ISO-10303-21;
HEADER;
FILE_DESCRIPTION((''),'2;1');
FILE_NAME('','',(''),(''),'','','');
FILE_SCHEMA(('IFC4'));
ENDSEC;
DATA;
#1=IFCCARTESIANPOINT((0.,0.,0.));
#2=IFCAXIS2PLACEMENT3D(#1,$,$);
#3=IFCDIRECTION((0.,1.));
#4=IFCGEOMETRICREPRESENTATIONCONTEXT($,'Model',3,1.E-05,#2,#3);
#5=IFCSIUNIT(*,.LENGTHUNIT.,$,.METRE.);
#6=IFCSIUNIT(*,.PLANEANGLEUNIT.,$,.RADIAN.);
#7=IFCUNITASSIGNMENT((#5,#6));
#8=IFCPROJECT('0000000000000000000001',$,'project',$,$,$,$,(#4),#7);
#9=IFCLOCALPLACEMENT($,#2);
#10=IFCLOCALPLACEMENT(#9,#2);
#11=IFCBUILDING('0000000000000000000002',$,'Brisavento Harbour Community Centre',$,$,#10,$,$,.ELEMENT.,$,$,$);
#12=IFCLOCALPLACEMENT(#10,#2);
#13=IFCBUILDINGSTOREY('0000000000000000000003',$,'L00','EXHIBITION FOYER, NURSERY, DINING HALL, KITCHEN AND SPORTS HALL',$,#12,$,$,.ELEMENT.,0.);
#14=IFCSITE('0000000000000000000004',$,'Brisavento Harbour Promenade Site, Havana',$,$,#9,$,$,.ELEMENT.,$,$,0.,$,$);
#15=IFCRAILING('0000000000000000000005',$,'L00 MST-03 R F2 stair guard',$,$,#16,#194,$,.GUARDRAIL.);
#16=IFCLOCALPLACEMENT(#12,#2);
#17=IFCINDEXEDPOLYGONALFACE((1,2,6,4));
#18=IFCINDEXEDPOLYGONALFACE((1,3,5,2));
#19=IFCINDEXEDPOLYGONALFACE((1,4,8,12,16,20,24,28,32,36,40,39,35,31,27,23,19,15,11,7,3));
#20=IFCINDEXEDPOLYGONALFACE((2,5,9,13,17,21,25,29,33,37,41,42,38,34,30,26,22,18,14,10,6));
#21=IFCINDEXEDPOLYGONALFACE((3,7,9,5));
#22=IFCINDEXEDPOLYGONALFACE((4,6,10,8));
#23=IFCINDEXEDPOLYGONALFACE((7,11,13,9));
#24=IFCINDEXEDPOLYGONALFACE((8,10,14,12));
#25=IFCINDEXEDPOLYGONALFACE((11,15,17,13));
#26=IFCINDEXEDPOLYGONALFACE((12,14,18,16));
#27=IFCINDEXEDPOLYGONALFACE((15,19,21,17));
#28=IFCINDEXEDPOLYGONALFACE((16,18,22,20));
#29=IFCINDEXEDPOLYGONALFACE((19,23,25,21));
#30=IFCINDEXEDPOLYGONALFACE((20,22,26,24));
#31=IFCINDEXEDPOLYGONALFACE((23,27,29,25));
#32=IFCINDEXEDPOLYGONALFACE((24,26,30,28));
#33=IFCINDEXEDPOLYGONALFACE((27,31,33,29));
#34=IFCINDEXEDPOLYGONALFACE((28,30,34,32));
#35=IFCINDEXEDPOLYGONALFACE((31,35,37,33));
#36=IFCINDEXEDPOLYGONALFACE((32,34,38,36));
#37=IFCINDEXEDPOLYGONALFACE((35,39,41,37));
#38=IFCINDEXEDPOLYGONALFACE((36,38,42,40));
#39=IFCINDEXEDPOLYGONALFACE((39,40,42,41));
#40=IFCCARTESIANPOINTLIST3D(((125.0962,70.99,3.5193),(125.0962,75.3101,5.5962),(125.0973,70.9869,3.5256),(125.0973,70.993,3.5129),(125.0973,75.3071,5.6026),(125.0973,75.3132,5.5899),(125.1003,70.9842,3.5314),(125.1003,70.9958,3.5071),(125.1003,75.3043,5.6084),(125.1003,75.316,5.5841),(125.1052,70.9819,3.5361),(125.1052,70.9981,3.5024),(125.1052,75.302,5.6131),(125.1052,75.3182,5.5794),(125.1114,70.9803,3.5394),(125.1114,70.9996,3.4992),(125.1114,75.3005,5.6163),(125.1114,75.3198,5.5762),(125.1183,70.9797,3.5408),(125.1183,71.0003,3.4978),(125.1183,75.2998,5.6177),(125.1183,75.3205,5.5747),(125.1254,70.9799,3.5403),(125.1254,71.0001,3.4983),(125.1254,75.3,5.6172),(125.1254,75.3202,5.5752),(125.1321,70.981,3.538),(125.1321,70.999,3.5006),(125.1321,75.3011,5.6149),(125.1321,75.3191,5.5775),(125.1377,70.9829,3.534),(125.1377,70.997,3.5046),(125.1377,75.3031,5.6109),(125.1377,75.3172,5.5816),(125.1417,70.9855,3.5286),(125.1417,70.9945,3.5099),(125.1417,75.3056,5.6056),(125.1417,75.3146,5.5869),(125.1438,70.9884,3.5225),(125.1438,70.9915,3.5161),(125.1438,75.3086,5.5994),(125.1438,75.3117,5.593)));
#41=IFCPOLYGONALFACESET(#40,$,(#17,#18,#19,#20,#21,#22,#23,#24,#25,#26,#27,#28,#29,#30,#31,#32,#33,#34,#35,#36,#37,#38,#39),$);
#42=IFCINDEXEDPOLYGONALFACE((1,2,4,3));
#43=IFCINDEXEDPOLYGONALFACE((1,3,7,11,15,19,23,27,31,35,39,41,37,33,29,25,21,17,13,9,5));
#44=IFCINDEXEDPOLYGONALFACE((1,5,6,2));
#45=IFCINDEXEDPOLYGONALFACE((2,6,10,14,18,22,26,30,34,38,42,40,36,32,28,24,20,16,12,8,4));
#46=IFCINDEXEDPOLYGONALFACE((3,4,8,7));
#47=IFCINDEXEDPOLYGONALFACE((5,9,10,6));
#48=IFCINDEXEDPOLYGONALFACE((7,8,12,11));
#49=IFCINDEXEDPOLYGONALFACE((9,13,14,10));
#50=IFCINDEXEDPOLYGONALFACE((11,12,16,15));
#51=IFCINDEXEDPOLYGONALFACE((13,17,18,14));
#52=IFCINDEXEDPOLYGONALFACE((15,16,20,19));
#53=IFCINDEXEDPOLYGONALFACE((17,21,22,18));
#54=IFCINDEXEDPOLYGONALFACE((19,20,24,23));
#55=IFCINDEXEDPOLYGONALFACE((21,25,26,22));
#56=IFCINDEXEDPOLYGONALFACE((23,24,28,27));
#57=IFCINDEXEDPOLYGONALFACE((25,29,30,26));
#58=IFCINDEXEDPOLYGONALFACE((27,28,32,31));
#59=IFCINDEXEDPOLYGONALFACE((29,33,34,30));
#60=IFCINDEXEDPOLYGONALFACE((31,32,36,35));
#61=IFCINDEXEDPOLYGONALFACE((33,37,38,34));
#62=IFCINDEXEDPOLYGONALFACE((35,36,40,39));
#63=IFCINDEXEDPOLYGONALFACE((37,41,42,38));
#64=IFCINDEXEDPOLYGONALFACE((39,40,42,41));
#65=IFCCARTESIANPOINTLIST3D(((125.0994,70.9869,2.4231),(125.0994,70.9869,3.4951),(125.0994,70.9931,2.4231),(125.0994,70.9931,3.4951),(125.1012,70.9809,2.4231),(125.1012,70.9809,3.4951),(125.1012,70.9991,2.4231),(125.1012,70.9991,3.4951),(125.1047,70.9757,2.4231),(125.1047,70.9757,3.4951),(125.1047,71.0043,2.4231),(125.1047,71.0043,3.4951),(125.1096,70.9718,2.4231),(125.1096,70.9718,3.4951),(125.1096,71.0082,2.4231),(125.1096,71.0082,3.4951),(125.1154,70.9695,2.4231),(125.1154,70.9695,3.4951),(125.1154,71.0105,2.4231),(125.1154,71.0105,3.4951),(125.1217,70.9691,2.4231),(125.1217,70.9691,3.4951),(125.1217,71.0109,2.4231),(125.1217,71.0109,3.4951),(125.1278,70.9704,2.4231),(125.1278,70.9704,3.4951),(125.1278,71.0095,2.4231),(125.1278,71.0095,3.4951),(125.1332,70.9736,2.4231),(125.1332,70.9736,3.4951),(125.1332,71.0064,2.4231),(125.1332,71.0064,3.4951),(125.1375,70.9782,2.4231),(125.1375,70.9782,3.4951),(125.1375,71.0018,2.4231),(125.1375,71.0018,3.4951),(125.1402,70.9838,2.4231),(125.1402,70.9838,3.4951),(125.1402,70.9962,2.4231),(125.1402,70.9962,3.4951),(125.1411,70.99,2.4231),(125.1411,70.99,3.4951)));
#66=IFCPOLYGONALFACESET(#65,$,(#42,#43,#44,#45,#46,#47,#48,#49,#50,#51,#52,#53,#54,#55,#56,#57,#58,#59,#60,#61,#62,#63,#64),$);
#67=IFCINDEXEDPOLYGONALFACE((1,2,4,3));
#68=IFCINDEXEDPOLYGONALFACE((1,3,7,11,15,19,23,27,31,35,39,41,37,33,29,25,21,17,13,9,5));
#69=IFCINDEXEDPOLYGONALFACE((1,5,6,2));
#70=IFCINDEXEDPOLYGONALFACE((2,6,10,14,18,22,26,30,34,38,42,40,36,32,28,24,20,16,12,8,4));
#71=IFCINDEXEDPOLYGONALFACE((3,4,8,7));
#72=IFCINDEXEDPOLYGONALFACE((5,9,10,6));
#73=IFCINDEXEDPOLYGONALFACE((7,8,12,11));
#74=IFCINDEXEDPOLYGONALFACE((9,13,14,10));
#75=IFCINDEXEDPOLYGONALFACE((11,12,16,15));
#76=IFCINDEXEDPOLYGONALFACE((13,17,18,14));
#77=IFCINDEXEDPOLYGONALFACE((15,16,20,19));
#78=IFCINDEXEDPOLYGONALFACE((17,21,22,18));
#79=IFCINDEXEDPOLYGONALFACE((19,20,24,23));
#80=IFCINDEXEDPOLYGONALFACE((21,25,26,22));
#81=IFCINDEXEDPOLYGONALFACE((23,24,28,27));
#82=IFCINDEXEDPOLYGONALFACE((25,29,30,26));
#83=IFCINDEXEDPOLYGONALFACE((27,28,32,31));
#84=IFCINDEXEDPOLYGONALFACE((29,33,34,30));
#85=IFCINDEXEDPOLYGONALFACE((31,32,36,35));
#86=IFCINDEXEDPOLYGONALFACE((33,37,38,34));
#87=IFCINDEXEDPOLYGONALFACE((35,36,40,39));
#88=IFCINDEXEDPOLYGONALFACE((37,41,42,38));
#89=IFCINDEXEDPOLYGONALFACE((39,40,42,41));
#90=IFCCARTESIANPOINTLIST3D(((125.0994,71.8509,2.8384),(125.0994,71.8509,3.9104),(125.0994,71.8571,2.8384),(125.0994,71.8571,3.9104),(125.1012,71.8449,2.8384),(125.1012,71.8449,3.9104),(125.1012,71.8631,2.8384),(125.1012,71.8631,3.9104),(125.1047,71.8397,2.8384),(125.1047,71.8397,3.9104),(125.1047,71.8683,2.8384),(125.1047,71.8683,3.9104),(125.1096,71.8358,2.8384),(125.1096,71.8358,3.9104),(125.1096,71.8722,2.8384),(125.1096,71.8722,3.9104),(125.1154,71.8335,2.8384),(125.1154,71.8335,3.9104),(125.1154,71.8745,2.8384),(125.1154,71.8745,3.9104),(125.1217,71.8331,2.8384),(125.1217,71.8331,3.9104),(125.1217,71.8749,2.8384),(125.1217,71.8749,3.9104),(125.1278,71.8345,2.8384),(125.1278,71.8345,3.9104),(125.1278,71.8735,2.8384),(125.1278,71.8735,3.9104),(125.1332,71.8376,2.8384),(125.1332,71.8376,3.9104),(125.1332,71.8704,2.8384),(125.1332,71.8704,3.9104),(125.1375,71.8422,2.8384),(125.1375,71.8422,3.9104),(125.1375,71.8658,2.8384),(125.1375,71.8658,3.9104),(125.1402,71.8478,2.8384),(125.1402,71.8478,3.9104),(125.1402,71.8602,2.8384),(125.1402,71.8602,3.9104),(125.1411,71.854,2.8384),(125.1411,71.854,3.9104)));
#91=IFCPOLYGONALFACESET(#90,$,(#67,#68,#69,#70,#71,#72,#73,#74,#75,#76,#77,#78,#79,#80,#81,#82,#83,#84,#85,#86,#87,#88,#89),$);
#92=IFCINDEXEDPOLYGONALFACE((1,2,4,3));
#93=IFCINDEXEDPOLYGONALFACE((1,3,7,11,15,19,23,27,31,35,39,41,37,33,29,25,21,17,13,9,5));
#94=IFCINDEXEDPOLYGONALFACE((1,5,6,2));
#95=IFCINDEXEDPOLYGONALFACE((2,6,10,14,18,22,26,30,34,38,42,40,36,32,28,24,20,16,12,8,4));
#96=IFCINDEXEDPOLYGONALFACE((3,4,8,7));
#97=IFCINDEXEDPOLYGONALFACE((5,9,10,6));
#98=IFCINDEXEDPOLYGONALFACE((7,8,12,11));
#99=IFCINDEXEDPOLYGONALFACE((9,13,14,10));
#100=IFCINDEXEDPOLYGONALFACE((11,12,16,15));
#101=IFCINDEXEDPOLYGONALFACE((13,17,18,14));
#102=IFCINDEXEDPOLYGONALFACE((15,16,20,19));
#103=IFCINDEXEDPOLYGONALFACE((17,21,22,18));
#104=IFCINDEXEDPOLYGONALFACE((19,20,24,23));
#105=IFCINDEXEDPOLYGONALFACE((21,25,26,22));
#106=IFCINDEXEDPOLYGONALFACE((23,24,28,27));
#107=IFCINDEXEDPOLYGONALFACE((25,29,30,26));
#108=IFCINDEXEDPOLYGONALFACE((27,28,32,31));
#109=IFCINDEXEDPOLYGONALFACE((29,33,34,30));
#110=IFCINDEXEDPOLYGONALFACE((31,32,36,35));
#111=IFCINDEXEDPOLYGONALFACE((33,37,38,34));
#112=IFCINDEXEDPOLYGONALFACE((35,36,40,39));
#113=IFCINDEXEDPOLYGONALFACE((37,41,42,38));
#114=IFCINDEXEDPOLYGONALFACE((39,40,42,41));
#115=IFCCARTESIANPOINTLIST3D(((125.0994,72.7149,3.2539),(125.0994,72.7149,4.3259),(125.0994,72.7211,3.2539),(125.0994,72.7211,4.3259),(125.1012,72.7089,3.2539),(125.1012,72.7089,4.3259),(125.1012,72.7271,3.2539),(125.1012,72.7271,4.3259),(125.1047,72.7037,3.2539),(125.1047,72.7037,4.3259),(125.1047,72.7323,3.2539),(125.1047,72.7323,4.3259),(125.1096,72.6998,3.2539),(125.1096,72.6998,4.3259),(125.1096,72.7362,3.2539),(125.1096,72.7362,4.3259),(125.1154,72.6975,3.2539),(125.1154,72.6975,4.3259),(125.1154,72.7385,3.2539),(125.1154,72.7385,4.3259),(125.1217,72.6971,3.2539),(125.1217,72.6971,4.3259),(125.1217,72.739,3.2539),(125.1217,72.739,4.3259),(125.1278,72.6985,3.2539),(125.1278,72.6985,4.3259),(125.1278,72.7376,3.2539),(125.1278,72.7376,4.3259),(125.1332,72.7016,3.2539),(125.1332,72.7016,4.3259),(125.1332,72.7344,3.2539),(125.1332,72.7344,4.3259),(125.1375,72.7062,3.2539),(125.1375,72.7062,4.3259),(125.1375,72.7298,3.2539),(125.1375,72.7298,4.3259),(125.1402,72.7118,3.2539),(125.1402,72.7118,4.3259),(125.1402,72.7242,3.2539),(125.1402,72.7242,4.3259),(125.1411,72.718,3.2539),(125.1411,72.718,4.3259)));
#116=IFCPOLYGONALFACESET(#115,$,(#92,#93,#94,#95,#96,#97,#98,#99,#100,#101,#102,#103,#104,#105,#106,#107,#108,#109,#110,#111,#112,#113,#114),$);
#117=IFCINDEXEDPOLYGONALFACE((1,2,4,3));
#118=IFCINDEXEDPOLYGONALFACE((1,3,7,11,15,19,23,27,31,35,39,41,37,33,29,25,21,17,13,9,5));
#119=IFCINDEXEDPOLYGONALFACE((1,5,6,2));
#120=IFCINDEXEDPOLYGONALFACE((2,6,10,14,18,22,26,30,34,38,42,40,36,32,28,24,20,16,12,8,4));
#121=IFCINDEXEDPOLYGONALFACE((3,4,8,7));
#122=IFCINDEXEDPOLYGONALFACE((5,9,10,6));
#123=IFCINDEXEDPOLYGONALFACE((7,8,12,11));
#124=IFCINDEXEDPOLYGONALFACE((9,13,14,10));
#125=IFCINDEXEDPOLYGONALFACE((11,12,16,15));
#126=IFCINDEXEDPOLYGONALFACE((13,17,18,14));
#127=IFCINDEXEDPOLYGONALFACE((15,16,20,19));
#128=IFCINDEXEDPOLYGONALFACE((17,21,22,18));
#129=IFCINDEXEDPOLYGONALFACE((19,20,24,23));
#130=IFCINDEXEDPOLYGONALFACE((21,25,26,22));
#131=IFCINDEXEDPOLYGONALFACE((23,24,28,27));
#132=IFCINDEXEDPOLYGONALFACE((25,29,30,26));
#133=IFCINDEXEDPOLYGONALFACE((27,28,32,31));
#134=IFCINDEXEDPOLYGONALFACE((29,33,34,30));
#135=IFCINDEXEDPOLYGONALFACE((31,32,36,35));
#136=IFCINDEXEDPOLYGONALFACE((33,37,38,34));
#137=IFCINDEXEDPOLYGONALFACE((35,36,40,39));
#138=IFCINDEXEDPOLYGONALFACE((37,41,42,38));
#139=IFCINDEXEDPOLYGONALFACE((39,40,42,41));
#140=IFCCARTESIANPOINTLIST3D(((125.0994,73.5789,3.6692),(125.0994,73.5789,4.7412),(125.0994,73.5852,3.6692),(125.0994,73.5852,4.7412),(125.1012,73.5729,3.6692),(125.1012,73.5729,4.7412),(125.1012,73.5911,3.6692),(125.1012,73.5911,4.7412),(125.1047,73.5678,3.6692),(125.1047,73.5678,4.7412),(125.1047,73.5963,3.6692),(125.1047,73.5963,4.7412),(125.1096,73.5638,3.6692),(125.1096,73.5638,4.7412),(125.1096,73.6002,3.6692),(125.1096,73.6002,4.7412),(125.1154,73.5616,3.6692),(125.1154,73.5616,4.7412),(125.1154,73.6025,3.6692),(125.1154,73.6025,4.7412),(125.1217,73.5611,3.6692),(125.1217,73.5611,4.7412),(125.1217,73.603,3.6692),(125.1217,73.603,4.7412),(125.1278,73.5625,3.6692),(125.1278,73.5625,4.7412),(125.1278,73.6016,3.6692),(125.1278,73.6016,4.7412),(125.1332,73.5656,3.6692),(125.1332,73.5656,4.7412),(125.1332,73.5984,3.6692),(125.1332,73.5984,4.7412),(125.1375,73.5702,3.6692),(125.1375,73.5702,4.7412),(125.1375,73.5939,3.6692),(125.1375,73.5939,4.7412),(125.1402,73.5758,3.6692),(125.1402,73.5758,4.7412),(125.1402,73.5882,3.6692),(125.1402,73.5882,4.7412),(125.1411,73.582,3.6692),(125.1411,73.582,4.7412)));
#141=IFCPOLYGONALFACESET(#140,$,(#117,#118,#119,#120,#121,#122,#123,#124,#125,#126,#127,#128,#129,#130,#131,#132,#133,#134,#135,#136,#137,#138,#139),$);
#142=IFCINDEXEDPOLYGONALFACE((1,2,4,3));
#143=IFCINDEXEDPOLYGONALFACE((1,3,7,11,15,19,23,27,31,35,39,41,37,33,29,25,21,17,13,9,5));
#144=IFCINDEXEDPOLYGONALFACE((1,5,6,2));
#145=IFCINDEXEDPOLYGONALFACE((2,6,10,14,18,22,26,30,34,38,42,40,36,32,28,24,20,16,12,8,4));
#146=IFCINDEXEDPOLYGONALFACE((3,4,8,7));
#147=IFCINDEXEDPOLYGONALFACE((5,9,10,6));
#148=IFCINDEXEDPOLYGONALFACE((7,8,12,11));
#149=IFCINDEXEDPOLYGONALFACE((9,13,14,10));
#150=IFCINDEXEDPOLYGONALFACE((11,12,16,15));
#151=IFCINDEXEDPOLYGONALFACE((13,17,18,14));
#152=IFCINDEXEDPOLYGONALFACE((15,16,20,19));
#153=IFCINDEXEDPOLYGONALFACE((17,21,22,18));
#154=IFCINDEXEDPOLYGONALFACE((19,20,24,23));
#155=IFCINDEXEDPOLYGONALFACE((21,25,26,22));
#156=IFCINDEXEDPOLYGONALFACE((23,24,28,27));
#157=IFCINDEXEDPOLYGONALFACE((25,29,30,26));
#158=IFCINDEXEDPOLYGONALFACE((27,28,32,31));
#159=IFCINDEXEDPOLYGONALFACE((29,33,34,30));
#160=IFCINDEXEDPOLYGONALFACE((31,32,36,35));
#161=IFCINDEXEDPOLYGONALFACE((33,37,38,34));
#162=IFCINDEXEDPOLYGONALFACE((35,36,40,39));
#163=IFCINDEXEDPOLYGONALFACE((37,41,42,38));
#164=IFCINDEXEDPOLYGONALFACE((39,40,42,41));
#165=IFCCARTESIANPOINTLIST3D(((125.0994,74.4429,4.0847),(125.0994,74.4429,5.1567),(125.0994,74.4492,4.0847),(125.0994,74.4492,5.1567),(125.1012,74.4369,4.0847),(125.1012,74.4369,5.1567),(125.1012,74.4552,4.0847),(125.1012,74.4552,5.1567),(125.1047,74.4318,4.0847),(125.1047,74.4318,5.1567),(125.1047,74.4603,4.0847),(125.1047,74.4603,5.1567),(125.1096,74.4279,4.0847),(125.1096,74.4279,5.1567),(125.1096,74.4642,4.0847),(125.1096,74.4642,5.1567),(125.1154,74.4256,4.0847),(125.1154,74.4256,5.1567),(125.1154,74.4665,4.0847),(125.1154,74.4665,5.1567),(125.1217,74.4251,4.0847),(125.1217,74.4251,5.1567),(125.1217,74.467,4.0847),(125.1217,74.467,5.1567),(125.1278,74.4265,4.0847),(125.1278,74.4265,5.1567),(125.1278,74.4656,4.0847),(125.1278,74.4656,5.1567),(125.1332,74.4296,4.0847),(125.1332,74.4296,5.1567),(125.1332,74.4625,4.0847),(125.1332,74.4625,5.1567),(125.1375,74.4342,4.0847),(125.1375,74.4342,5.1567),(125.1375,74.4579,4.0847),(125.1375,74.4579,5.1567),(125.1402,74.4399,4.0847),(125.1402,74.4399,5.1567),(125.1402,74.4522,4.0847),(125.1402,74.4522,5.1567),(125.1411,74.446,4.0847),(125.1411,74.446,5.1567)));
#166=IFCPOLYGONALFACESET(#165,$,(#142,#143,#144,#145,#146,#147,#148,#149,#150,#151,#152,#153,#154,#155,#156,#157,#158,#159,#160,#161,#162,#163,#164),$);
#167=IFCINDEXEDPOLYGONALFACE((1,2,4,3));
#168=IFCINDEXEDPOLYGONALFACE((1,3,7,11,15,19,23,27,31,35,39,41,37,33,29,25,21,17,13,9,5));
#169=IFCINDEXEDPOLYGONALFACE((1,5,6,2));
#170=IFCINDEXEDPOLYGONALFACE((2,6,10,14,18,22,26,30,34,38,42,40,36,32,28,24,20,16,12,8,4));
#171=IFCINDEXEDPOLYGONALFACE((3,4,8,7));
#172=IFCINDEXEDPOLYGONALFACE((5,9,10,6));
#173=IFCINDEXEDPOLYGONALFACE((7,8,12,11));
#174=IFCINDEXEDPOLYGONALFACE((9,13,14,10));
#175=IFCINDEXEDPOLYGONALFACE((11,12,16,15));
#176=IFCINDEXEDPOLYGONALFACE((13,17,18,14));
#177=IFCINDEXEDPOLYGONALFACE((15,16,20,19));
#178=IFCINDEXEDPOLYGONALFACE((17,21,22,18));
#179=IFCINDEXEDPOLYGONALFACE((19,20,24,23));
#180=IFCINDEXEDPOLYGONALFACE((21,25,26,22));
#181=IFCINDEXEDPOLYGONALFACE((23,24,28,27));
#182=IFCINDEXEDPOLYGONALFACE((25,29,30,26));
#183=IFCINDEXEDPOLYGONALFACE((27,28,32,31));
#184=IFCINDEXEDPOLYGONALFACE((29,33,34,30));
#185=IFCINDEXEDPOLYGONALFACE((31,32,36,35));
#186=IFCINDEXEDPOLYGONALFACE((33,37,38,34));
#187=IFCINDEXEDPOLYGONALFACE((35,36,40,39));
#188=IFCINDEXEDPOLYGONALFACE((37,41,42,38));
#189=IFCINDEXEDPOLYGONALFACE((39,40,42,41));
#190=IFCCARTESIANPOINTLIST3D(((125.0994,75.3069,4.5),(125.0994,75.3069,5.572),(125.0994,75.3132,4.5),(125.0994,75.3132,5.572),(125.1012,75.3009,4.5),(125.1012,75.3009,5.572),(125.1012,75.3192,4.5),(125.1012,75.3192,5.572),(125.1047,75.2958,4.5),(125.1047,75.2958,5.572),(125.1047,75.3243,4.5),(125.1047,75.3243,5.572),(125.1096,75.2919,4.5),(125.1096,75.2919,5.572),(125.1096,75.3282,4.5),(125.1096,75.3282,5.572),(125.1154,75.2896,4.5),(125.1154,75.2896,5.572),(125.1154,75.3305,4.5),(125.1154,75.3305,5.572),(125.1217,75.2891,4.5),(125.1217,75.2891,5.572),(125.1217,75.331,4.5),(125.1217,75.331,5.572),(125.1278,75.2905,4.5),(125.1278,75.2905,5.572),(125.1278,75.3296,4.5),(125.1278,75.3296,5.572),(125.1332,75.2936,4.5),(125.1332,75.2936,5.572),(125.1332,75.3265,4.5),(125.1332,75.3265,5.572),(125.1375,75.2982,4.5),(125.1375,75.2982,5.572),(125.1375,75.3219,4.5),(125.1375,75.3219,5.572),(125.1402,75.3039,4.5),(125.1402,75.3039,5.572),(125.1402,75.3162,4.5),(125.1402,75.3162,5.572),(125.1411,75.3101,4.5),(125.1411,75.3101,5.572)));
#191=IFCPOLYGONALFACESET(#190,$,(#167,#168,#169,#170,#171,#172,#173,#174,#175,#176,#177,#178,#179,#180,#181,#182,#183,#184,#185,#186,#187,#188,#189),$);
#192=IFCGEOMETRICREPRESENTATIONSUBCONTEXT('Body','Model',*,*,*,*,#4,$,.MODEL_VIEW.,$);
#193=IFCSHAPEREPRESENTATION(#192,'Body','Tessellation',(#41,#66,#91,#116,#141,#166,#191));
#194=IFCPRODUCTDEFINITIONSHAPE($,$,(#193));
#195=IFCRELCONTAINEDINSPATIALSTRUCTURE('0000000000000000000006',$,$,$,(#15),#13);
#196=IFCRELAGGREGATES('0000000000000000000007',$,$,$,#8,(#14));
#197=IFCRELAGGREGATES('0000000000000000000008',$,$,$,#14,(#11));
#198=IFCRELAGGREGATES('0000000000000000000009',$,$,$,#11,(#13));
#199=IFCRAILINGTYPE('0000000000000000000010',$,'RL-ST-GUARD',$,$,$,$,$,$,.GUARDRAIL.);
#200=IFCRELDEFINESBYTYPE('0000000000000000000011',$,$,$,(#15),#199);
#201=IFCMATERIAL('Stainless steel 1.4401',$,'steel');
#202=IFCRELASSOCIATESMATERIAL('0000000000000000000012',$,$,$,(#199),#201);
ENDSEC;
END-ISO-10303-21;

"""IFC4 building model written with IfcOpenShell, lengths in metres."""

from ifc_helpers import new_model, si_unit, direction, frame, origin, origin_2d, place, context, subcontext, project, spatial, circle, extrude, material, type_object, element, save


model = new_model("IFC4")

# Units and contexts
model_context = context("Model", 3, precision=1e-05, world=origin(), true_north=direction((0.0, 1.0)))
body_context = subcontext(model_context, "Body", "Model", "MODEL_VIEW")
ifc_project = project(units=[si_unit("LENGTHUNIT", "METRE"), si_unit("PLANEANGLEUNIT", "RADIAN")], contexts=[model_context])

# Site, building, storey
site_placement = place(None, origin())
site = spatial("IfcSite", under=ifc_project, at=site_placement, Name="Brisavento Harbour Promenade Site, Havana", CompositionType="ELEMENT", RefElevation=0.0)
building_placement = place(site_placement, origin())
building = spatial("IfcBuilding", under=site, at=building_placement, Name="Brisavento Harbour Community Centre", CompositionType="ELEMENT")
storey_placement = place(building_placement, origin())
storey = spatial("IfcBuildingStorey", under=building, at=storey_placement, Name="L00", Description="EXHIBITION FOYER, NURSERY, DINING HALL, KITCHEN AND SPORTS HALL", CompositionType="ELEMENT", Elevation=0.0)

# Railing
ifc_material_1 = material(Name="Stainless steel 1.4401", Category="steel")
railing_type = type_object("IfcRailingType", Name="RL-ST-GUARD", PredefinedType="GUARDRAIL", material=ifc_material_1)
railing_1_placement = place(storey_placement, frame((125.1201, 70.99, 2.4231)))
element("IfcRailing", 1, at=railing_1_placement, inside=storey, type_object=railing_type, Name="L00 MST-03 R F2 stair guard", PredefinedType="GUARDRAIL", context=body_context, shape_type="SweptSolid", body=[
    extrude(circle(Radius=0.0239, at=origin_2d()), frame((0.0, 0.0, 1.0962), z_axis=(0.0, 0.901257, 0.433286), x_axis=(-1.0, 0.0, 0.0)), (0.0, 0.0, 1.0), 4.7935),
    extrude(circle(Radius=0.021, at=origin_2d()), origin(), (0.0, 0.0, 1.0), 1.072),
    extrude(circle(Radius=0.021, at=origin_2d()), frame((0.0, 0.864, 0.4153)), (0.0, 0.0, 1.0), 1.072),
    extrude(circle(Radius=0.021, at=origin_2d()), frame((0.0, 1.728, 0.8308)), (0.0, 0.0, 1.0), 1.072),
    extrude(circle(Radius=0.021, at=origin_2d()), frame((0.0, 2.592, 1.2461)), (0.0, 0.0, 1.0), 1.072),
    extrude(circle(Radius=0.021, at=origin_2d()), frame((0.0, 3.4561, 1.6616)), (0.0, 0.0, 1.0), 1.072),
    extrude(circle(Radius=0.021, at=origin_2d()), frame((0.0, 4.3201, 2.0769)), (0.0, 0.0, 1.0), 1.072),
])

save(model, "model.ifc")
